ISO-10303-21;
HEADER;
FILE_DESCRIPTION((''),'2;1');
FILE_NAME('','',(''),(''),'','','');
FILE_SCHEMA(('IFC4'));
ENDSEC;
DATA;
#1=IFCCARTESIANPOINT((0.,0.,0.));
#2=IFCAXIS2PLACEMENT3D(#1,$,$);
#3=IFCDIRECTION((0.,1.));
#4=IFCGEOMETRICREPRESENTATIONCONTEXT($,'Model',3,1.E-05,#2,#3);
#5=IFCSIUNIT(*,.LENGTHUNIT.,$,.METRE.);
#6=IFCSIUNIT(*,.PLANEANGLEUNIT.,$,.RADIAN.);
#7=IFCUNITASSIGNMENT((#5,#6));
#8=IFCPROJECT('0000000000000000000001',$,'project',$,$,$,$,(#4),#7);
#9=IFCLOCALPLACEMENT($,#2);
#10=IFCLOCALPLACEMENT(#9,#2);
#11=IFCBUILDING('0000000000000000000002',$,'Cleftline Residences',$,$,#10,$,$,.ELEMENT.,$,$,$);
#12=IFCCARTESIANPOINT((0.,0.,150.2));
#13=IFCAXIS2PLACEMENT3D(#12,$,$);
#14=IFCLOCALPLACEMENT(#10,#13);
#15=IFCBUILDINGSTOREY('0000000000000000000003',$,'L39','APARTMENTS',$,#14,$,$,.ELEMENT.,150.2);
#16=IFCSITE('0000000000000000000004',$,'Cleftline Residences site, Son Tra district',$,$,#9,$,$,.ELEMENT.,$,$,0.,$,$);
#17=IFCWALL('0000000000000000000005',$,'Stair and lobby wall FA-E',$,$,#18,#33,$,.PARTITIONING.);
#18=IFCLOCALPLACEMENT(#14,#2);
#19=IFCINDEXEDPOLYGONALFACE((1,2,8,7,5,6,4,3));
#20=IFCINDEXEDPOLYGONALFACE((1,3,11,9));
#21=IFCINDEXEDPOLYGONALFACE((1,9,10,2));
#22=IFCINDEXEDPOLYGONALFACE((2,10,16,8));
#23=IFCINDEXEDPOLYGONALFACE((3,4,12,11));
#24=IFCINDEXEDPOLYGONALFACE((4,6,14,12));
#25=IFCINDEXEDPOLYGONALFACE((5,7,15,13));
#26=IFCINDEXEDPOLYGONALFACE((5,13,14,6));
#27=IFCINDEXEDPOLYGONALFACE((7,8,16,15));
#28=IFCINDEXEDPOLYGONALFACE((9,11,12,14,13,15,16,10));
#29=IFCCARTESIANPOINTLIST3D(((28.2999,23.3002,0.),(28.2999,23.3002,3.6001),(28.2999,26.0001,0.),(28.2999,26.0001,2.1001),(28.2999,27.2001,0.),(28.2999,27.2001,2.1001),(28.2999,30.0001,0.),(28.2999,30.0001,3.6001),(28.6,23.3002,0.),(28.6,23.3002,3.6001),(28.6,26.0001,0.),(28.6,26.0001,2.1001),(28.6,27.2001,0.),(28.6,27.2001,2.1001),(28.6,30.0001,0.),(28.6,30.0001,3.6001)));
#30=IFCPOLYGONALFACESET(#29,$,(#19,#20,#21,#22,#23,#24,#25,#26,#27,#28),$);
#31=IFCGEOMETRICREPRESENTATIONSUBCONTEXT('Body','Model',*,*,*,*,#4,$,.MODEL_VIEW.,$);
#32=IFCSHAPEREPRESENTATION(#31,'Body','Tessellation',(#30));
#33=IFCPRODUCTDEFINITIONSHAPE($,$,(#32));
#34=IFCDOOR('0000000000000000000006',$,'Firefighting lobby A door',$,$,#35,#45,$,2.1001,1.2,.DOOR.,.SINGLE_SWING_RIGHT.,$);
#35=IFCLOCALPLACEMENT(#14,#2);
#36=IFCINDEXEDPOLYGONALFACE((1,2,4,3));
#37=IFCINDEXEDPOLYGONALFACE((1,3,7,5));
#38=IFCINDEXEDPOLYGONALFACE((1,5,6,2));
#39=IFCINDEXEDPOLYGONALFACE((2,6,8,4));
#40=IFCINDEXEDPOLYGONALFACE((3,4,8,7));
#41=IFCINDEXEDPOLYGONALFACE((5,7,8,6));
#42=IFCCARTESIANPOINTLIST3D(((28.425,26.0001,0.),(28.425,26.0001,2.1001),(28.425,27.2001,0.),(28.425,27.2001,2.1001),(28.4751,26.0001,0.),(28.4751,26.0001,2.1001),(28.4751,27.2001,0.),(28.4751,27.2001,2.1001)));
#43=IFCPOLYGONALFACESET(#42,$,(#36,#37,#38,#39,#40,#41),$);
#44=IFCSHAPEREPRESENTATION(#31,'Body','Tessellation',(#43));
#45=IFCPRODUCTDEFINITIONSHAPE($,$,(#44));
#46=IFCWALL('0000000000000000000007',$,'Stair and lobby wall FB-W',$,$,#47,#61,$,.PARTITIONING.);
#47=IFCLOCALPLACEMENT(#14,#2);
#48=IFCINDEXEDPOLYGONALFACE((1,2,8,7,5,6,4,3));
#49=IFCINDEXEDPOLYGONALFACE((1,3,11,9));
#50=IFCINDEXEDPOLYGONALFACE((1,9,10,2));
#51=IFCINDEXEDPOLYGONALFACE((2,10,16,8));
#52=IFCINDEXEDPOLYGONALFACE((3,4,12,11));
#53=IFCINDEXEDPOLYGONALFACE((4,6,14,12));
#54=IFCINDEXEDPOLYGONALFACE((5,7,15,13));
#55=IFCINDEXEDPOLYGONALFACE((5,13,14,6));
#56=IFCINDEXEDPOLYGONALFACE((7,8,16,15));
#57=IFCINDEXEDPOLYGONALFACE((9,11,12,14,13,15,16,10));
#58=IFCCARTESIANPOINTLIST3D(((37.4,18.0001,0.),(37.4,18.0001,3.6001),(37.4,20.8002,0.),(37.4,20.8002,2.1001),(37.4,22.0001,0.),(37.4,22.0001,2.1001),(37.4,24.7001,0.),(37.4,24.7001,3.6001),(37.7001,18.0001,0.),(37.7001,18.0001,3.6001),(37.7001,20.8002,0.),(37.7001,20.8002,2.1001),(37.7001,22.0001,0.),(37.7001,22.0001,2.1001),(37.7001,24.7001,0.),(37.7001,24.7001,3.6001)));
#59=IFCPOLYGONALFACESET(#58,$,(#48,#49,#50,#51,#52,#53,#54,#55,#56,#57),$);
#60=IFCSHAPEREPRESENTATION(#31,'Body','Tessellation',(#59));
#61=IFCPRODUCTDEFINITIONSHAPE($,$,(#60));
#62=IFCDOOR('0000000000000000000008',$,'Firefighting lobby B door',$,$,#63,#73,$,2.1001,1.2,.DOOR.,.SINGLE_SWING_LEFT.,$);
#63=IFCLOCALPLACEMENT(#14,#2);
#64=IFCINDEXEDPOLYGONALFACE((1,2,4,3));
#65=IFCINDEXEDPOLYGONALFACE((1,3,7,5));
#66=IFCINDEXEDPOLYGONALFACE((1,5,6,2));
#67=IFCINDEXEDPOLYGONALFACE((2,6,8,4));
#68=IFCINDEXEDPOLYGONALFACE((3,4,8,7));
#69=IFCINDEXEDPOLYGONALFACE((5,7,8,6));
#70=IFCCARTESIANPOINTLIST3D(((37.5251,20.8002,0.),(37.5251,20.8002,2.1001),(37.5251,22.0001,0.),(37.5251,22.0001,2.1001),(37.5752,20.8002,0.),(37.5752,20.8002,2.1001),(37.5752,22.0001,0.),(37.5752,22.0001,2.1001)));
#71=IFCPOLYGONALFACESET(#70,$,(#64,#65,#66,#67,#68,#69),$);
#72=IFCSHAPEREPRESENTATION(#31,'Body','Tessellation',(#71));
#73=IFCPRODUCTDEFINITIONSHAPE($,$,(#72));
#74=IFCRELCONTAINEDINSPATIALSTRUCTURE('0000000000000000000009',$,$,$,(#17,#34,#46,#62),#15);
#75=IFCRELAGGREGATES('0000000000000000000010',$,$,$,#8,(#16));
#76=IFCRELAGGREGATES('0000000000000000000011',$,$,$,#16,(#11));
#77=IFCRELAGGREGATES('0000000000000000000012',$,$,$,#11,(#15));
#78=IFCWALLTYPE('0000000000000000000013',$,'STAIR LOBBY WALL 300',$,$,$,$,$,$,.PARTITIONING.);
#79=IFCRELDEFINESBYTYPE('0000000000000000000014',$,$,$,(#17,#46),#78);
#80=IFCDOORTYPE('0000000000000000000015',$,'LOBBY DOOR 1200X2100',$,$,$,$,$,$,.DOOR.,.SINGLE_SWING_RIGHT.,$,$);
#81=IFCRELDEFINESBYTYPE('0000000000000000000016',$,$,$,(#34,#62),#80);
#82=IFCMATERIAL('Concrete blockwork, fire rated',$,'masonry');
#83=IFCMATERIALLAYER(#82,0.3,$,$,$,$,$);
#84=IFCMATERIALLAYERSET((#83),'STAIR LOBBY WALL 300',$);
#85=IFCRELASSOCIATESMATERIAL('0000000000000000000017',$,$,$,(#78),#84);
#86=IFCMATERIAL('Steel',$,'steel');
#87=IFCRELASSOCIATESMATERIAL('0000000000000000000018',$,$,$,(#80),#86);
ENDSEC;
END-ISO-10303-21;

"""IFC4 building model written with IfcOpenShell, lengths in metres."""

from ifc_helpers import new_model, si_unit, direction, frame, frame_2d, origin, place, context, subcontext, project, spatial, rectangle, extrude, material, layer, layer_set, type_object, element, fill, save


model = new_model("IFC4")

# Units and contexts
model_context = context("Model", 3, precision=1e-05, world=origin(), true_north=direction((0.0, 1.0)))
body_context = subcontext(model_context, "Body", "Model", "MODEL_VIEW")
ifc_project = project(units=[si_unit("LENGTHUNIT", "METRE"), si_unit("PLANEANGLEUNIT", "RADIAN")], contexts=[model_context])

# Site, building, storey
site_placement = place(None, origin())
site = spatial("IfcSite", under=ifc_project, at=site_placement, Name="Cleftline Residences site, Son Tra district", CompositionType="ELEMENT", RefElevation=0.0)
building_placement = place(site_placement, origin())
building = spatial("IfcBuilding", under=site, at=building_placement, Name="Cleftline Residences", CompositionType="ELEMENT")
storey_placement = place(building_placement, frame((0.0, 0.0, 150.2)))
storey = spatial("IfcBuildingStorey", under=building, at=storey_placement, Name="L39", Description="APARTMENTS", CompositionType="ELEMENT", Elevation=150.2)

# Walls, openings, doors
ifc_material_1 = material(Name="Concrete blockwork, fire rated", Category="masonry")
ifc_layer_1 = layer(ifc_material_1, 0.3)
ifc_layer_set_1 = layer_set([ifc_layer_1], Name="STAIR LOBBY WALL 300")
wall_type_1 = type_object("IfcWallType", Name="STAIR LOBBY WALL 300", PredefinedType="PARTITIONING", material=ifc_layer_set_1)
wall_1_placement = place(storey_placement, frame((28.45, 23.3, 0.0), z_axis=(0.0, 0.0, 1.0), x_axis=(0.0, 1.0, 0.0)))
wall_1 = element("IfcWall", 1, at=wall_1_placement, inside=storey, type_object=wall_type_1, Name="Stair and lobby wall FA-E", PredefinedType="PARTITIONING", context=body_context, shape_type="SweptSolid", body=[
    extrude(rectangle(XDim=6.7, YDim=0.3, at=frame_2d((3.3501, 0.0))), origin(), (0.0, 0.0, 1.0), 3.6001),
])
opening_1_placement = place(wall_1_placement, frame((2.7, 0.0, 0.0)))
opening_1 = element("IfcOpeningElement", 2, at=opening_1_placement, cuts=wall_1, PredefinedType="OPENING", context=body_context, shape_type="SweptSolid", body=[
    extrude(rectangle(XDim=1.2, YDim=2.1001, at=frame_2d((0.6001, 1.05))), frame((0.0, 0.1599, 0.0), z_axis=(0.0, -1.0, 0.0), x_axis=(1.0, 0.0, 0.0)), (0.0, 0.0, 1.0), 0.3201),
])
ifc_material_2 = material(Name="Steel", Category="steel")
door_type_1 = type_object("IfcDoorType", Name="LOBBY DOOR 1200X2100", OperationType="SINGLE_SWING_RIGHT", PredefinedType="DOOR", material=ifc_material_2)
door_1_placement = place(opening_1_placement, origin())
door_1 = element("IfcDoor", 3, at=door_1_placement, inside=storey, type_object=door_type_1, Name="Firefighting lobby A door", OperationType="SINGLE_SWING_RIGHT", OverallHeight=2.1001, OverallWidth=1.2, PredefinedType="DOOR", context=body_context, shape_type="SweptSolid", body=[
    extrude(rectangle(XDim=1.2, YDim=2.1001, at=frame_2d((0.6001, 1.05))), frame((0.0, 0.0249, 0.0), z_axis=(0.0, -1.0, 0.0), x_axis=(1.0, 0.0, 0.0)), (0.0, 0.0, 1.0), 0.05),
])
fill(opening_1, door_1)
wall_2_placement = place(storey_placement, frame((37.55, 18.0, 0.0), z_axis=(0.0, 0.0, 1.0), x_axis=(0.0, 1.0, 0.0)))
wall_2 = element("IfcWall", 4, at=wall_2_placement, inside=storey, type_object=wall_type_1, Name="Stair and lobby wall FB-W", PredefinedType="PARTITIONING", context=body_context, shape_type="SweptSolid", body=[
    extrude(rectangle(XDim=6.7, YDim=0.3, at=frame_2d((3.3501, 0.0))), origin(), (0.0, 0.0, 1.0), 3.6001),
])
opening_2_placement = place(wall_2_placement, frame((2.8, 0.0, 0.0)))
opening_2 = element("IfcOpeningElement", 5, at=opening_2_placement, cuts=wall_2, PredefinedType="OPENING", context=body_context, shape_type="SweptSolid", body=[
    extrude(rectangle(XDim=1.2, YDim=2.1001, at=frame_2d((0.6001, 1.05))), frame((0.0, 0.1599, 0.0), z_axis=(0.0, -1.0, 0.0), x_axis=(1.0, 0.0, 0.0)), (0.0, 0.0, 1.0), 0.3201),
])
door_2_placement = place(opening_2_placement, origin())
door_2 = element("IfcDoor", 6, at=door_2_placement, inside=storey, type_object=door_type_1, Name="Firefighting lobby B door", OperationType="SINGLE_SWING_LEFT", OverallHeight=2.1001, OverallWidth=1.2, PredefinedType="DOOR", context=body_context, shape_type="SweptSolid", body=[
    extrude(rectangle(XDim=1.2, YDim=2.1001, at=frame_2d((0.6001, 1.05))), frame((0.0, 0.0249, 0.0), z_axis=(0.0, -1.0, 0.0), x_axis=(1.0, 0.0, 0.0)), (0.0, 0.0, 1.0), 0.05),
])
fill(opening_2, door_2)

save(model, "model.ifc")
